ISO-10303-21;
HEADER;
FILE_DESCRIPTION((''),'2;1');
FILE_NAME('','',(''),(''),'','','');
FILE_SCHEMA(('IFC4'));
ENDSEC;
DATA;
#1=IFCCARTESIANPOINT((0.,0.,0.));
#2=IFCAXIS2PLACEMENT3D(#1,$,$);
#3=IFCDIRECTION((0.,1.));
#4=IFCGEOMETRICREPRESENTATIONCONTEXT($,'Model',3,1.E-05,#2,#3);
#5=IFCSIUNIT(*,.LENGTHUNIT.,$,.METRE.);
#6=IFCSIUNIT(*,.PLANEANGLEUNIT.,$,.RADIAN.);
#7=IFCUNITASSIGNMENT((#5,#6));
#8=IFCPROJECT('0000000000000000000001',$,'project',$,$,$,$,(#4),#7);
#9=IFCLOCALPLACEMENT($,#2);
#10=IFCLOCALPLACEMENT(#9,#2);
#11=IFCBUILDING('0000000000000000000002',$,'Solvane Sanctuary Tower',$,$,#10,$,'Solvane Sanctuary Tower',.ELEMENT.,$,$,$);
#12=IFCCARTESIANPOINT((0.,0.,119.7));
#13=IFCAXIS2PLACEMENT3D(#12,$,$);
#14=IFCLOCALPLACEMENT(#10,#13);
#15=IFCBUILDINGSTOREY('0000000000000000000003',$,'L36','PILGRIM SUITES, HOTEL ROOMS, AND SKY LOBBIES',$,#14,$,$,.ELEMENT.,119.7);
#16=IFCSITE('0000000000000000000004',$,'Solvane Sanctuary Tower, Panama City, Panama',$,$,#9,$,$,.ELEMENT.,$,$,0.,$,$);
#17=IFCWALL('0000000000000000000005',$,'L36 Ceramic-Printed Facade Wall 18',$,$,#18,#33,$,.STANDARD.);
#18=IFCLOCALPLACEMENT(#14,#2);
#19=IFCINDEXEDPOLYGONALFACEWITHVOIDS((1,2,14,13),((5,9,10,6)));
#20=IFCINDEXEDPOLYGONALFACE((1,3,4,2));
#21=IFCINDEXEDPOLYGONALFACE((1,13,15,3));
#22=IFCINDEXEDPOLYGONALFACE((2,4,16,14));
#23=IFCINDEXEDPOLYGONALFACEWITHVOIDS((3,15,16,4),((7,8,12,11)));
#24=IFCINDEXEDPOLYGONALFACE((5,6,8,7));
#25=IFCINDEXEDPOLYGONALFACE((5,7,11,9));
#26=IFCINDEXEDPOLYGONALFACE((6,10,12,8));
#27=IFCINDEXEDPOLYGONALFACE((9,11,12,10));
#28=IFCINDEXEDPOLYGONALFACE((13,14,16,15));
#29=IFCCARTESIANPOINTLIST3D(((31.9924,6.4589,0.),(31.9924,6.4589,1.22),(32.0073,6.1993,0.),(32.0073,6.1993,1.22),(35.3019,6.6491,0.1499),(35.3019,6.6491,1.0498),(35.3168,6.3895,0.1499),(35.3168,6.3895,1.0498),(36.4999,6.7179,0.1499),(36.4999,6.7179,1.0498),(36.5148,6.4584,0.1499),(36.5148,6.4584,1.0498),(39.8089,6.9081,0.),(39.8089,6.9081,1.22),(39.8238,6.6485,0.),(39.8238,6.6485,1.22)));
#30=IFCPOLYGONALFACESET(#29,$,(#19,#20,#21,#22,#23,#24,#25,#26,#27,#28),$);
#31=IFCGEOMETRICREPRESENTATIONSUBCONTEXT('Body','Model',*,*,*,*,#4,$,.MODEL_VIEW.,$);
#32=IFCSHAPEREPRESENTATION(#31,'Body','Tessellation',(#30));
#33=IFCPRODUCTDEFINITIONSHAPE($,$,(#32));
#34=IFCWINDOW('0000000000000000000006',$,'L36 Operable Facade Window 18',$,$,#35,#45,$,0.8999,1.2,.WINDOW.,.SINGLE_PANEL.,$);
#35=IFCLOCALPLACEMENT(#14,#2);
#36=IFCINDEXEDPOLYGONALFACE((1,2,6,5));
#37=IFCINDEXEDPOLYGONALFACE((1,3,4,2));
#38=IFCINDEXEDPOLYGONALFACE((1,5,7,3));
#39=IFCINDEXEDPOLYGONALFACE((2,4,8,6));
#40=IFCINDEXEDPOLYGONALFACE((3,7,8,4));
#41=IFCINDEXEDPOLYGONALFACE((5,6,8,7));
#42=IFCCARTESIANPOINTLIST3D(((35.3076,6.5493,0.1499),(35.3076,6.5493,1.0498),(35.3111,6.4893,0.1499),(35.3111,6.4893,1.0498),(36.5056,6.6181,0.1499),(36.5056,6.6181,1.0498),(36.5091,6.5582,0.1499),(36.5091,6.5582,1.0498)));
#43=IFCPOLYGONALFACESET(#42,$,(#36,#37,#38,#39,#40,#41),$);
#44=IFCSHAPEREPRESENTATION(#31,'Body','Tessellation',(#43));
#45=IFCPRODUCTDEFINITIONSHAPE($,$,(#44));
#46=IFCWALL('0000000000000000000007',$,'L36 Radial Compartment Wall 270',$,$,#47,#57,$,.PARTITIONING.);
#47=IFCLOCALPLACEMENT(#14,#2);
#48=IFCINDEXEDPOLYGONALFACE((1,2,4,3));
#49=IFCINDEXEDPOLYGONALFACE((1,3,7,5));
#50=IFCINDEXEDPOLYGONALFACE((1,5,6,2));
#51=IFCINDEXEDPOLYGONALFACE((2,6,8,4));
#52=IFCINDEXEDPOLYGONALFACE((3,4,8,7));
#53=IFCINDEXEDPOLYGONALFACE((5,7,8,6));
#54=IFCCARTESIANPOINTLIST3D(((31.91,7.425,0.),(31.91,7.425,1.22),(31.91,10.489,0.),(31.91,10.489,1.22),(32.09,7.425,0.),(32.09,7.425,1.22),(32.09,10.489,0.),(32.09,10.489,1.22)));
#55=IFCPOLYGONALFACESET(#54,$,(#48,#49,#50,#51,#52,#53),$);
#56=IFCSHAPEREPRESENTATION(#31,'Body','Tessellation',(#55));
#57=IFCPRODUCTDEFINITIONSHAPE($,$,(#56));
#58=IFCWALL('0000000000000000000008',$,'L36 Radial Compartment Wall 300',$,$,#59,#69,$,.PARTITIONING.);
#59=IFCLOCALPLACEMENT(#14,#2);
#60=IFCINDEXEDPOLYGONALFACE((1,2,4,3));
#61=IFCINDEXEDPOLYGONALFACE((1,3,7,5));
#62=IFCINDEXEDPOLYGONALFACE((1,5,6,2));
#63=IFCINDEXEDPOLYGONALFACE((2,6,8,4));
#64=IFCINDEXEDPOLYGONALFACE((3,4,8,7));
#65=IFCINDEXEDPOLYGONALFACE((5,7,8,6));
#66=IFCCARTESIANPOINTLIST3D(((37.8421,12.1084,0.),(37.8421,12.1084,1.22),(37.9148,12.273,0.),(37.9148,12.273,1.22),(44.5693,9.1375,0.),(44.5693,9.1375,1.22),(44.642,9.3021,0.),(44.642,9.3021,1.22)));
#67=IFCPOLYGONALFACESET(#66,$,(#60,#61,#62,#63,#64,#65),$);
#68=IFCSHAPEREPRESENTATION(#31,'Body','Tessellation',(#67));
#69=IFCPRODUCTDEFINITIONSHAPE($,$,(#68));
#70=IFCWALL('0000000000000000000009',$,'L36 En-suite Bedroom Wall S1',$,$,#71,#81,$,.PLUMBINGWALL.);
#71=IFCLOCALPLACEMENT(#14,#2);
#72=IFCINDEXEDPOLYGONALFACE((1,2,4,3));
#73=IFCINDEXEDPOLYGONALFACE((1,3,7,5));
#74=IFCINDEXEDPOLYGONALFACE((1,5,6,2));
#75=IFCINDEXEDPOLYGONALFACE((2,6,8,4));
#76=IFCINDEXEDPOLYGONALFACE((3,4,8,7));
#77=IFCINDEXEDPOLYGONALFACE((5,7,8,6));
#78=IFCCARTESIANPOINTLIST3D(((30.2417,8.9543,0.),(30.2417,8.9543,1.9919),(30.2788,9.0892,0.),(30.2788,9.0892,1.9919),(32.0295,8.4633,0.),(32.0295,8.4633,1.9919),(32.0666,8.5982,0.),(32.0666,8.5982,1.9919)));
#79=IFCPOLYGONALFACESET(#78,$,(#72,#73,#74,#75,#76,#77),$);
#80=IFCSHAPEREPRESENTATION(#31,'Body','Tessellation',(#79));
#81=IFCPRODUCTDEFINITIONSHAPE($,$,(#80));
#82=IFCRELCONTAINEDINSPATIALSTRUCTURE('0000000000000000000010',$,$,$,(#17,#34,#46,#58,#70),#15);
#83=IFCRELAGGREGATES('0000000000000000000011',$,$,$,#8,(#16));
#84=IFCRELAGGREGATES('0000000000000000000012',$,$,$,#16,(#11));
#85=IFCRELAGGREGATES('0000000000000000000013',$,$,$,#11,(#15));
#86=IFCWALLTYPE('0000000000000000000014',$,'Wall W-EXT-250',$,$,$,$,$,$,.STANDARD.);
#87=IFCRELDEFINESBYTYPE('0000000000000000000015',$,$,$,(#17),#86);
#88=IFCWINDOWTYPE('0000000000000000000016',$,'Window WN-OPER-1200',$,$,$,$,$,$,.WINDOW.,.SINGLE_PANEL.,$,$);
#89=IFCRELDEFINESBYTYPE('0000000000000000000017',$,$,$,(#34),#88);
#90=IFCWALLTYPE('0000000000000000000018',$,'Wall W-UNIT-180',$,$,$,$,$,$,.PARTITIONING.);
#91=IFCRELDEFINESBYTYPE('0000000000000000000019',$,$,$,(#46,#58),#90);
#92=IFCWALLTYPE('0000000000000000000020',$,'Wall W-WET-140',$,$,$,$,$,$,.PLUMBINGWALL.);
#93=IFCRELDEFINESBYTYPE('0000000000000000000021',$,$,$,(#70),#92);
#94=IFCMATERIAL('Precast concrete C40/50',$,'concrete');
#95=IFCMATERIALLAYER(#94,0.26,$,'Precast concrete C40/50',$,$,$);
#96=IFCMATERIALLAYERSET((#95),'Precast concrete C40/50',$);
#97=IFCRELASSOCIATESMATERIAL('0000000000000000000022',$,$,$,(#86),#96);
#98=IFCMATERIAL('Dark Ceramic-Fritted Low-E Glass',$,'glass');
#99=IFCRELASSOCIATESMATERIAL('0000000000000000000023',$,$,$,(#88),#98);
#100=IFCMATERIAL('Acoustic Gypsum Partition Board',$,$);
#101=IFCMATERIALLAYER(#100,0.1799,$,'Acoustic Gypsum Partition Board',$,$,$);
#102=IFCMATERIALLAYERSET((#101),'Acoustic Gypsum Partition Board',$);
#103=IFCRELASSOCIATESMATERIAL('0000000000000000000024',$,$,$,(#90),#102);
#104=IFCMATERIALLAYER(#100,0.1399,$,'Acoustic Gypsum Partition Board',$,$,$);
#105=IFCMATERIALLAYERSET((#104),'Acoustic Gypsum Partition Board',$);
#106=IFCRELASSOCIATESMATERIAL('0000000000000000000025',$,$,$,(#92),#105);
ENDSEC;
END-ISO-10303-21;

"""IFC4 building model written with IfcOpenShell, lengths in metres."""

from ifc_helpers import new_model, si_unit, direction, frame, frame_2d, origin, place, context, subcontext, project, spatial, rectangle, extrude, material, layer, layer_set, type_object, element, fill, save


model = new_model("IFC4")

# Units and contexts
model_context = context("Model", 3, precision=1e-05, world=origin(), true_north=direction((0.0, 1.0)))
body_context = subcontext(model_context, "Body", "Model", "MODEL_VIEW")
ifc_project = project(units=[si_unit("LENGTHUNIT", "METRE"), si_unit("PLANEANGLEUNIT", "RADIAN")], contexts=[model_context])

# Site, building, storey
site_placement = place(None, origin())
site = spatial("IfcSite", under=ifc_project, at=site_placement, Name="Solvane Sanctuary Tower, Panama City, Panama", CompositionType="ELEMENT", RefElevation=0.0)
building_placement = place(site_placement, origin())
building = spatial("IfcBuilding", under=site, at=building_placement, Name="Solvane Sanctuary Tower", LongName="Solvane Sanctuary Tower", CompositionType="ELEMENT")
storey_placement = place(building_placement, frame((0.0, 0.0, 119.7)))
storey = spatial("IfcBuildingStorey", under=building, at=storey_placement, Name="L36", Description="PILGRIM SUITES, HOTEL ROOMS, AND SKY LOBBIES", CompositionType="ELEMENT", Elevation=119.7)

# Shared definitions
ifc_material_1 = material(Name="Acoustic Gypsum Partition Board")

# Wall, opening, window
ifc_material_2 = material(Name="Precast concrete C40/50", Category="concrete")
ifc_layer_1 = layer(ifc_material_2, 0.26, Name="Precast concrete C40/50")
ifc_layer_set_1 = layer_set([ifc_layer_1], Name="Precast concrete C40/50")
wall_type_1 = type_object("IfcWallType", Name="Wall W-EXT-250", PredefinedType="STANDARD", material=ifc_layer_set_1)
wall_1_placement = place(storey_placement, frame((32.0, 6.3291, 0.0), z_axis=(0.0, 0.0, 1.0), x_axis=(0.998353, 0.057377, 0.0)))
wall_1 = element("IfcWall", 1, at=wall_1_placement, inside=storey, type_object=wall_type_1, Name="L36 Ceramic-Printed Facade Wall 18", PredefinedType="STANDARD", context=body_context, shape_type="SweptSolid", body=[
    extrude(rectangle(XDim=7.8293, YDim=0.26, at=frame_2d((3.9146, 0.0))), origin(), (0.0, 0.0, 1.0), 1.22),
])
opening_1_placement = place(wall_1_placement, frame((3.3147, 0.0, 0.1499)))
opening_1 = element("IfcOpeningElement", 2, at=opening_1_placement, cuts=wall_1, PredefinedType="OPENING", context=body_context, shape_type="SweptSolid", body=[
    extrude(rectangle(XDim=1.2, YDim=0.8999, at=frame_2d((0.6001, 0.45))), frame((0.0, 0.1399, 0.0), z_axis=(0.0, -1.0, 0.0), x_axis=(1.0, 0.0, 0.0)), (0.0, 0.0, 1.0), 0.28),
])
ifc_material_3 = material(Name="Dark Ceramic-Fritted Low-E Glass", Category="glass")
window_type = type_object("IfcWindowType", Name="Window WN-OPER-1200", PartitioningType="SINGLE_PANEL", PredefinedType="WINDOW", material=ifc_material_3)
window_placement = place(opening_1_placement, origin())
window = element("IfcWindow", 3, at=window_placement, inside=storey, type_object=window_type, Name="L36 Operable Facade Window 18", OverallHeight=0.8999, OverallWidth=1.2, PartitioningType="SINGLE_PANEL", PredefinedType="WINDOW", context=body_context, shape_type="SweptSolid", body=[
    extrude(rectangle(XDim=1.2, YDim=0.8999, at=frame_2d((0.6001, 0.45))), frame((0.0, 0.03, 0.0), z_axis=(0.0, -1.0, 0.0), x_axis=(1.0, 0.0, 0.0)), (0.0, 0.0, 1.0), 0.0601),
])
fill(opening_1, window)

# Walls
ifc_layer_2 = layer(ifc_material_1, 0.1799, Name="Acoustic Gypsum Partition Board")
ifc_layer_set_2 = layer_set([ifc_layer_2], Name="Acoustic Gypsum Partition Board")
wall_type_2 = type_object("IfcWallType", Name="Wall W-UNIT-180", PredefinedType="PARTITIONING", material=ifc_layer_set_2)
wall_2_placement = place(storey_placement, frame((32.0, 10.489, 0.0), z_axis=(0.0, 0.0, 1.0), x_axis=(0.0, -1.0, 0.0)))
element("IfcWall", 4, at=wall_2_placement, inside=storey, type_object=wall_type_2, Name="L36 Radial Compartment Wall 270", PredefinedType="PARTITIONING", context=body_context, shape_type="SweptSolid", body=[
    extrude(rectangle(XDim=3.064, YDim=0.1799, at=frame_2d((1.532, 0.0))), origin(), (0.0, 0.0, 1.0), 1.22),
])
wall_3_placement = place(storey_placement, frame((37.8784, 12.1907, 0.0), z_axis=(0.0, 0.0, 1.0), x_axis=(0.914766, -0.403984, 0.0)))
element("IfcWall", 5, at=wall_3_placement, inside=storey, type_object=wall_type_2, Name="L36 Radial Compartment Wall 300", PredefinedType="PARTITIONING", context=body_context, shape_type="SweptSolid", body=[
    extrude(rectangle(XDim=7.354, YDim=0.1799, at=frame_2d((3.677, 0.0))), origin(), (0.0, 0.0, 1.0), 1.22),
])
ifc_layer_3 = layer(ifc_material_1, 0.1399, Name="Acoustic Gypsum Partition Board")
ifc_layer_set_3 = layer_set([ifc_layer_3], Name="Acoustic Gypsum Partition Board")
wall_type_3 = type_object("IfcWallType", Name="Wall W-WET-140", PredefinedType="PLUMBINGWALL", material=ifc_layer_set_3)
wall_4_placement = place(storey_placement, frame((30.2603, 9.0217, 0.0), z_axis=(0.0, 0.0, 1.0), x_axis=(0.9643, -0.264811, 0.0)))
element("IfcWall", 6, at=wall_4_placement, inside=storey, type_object=wall_type_3, Name="L36 En-suite Bedroom Wall S1", PredefinedType="PLUMBINGWALL", context=body_context, shape_type="SweptSolid", body=[
    extrude(rectangle(XDim=1.854, YDim=0.1399, at=frame_2d((0.927, 0.0))), origin(), (0.0, 0.0, 1.0), 1.9919),
])

save(model, "model.ifc")
